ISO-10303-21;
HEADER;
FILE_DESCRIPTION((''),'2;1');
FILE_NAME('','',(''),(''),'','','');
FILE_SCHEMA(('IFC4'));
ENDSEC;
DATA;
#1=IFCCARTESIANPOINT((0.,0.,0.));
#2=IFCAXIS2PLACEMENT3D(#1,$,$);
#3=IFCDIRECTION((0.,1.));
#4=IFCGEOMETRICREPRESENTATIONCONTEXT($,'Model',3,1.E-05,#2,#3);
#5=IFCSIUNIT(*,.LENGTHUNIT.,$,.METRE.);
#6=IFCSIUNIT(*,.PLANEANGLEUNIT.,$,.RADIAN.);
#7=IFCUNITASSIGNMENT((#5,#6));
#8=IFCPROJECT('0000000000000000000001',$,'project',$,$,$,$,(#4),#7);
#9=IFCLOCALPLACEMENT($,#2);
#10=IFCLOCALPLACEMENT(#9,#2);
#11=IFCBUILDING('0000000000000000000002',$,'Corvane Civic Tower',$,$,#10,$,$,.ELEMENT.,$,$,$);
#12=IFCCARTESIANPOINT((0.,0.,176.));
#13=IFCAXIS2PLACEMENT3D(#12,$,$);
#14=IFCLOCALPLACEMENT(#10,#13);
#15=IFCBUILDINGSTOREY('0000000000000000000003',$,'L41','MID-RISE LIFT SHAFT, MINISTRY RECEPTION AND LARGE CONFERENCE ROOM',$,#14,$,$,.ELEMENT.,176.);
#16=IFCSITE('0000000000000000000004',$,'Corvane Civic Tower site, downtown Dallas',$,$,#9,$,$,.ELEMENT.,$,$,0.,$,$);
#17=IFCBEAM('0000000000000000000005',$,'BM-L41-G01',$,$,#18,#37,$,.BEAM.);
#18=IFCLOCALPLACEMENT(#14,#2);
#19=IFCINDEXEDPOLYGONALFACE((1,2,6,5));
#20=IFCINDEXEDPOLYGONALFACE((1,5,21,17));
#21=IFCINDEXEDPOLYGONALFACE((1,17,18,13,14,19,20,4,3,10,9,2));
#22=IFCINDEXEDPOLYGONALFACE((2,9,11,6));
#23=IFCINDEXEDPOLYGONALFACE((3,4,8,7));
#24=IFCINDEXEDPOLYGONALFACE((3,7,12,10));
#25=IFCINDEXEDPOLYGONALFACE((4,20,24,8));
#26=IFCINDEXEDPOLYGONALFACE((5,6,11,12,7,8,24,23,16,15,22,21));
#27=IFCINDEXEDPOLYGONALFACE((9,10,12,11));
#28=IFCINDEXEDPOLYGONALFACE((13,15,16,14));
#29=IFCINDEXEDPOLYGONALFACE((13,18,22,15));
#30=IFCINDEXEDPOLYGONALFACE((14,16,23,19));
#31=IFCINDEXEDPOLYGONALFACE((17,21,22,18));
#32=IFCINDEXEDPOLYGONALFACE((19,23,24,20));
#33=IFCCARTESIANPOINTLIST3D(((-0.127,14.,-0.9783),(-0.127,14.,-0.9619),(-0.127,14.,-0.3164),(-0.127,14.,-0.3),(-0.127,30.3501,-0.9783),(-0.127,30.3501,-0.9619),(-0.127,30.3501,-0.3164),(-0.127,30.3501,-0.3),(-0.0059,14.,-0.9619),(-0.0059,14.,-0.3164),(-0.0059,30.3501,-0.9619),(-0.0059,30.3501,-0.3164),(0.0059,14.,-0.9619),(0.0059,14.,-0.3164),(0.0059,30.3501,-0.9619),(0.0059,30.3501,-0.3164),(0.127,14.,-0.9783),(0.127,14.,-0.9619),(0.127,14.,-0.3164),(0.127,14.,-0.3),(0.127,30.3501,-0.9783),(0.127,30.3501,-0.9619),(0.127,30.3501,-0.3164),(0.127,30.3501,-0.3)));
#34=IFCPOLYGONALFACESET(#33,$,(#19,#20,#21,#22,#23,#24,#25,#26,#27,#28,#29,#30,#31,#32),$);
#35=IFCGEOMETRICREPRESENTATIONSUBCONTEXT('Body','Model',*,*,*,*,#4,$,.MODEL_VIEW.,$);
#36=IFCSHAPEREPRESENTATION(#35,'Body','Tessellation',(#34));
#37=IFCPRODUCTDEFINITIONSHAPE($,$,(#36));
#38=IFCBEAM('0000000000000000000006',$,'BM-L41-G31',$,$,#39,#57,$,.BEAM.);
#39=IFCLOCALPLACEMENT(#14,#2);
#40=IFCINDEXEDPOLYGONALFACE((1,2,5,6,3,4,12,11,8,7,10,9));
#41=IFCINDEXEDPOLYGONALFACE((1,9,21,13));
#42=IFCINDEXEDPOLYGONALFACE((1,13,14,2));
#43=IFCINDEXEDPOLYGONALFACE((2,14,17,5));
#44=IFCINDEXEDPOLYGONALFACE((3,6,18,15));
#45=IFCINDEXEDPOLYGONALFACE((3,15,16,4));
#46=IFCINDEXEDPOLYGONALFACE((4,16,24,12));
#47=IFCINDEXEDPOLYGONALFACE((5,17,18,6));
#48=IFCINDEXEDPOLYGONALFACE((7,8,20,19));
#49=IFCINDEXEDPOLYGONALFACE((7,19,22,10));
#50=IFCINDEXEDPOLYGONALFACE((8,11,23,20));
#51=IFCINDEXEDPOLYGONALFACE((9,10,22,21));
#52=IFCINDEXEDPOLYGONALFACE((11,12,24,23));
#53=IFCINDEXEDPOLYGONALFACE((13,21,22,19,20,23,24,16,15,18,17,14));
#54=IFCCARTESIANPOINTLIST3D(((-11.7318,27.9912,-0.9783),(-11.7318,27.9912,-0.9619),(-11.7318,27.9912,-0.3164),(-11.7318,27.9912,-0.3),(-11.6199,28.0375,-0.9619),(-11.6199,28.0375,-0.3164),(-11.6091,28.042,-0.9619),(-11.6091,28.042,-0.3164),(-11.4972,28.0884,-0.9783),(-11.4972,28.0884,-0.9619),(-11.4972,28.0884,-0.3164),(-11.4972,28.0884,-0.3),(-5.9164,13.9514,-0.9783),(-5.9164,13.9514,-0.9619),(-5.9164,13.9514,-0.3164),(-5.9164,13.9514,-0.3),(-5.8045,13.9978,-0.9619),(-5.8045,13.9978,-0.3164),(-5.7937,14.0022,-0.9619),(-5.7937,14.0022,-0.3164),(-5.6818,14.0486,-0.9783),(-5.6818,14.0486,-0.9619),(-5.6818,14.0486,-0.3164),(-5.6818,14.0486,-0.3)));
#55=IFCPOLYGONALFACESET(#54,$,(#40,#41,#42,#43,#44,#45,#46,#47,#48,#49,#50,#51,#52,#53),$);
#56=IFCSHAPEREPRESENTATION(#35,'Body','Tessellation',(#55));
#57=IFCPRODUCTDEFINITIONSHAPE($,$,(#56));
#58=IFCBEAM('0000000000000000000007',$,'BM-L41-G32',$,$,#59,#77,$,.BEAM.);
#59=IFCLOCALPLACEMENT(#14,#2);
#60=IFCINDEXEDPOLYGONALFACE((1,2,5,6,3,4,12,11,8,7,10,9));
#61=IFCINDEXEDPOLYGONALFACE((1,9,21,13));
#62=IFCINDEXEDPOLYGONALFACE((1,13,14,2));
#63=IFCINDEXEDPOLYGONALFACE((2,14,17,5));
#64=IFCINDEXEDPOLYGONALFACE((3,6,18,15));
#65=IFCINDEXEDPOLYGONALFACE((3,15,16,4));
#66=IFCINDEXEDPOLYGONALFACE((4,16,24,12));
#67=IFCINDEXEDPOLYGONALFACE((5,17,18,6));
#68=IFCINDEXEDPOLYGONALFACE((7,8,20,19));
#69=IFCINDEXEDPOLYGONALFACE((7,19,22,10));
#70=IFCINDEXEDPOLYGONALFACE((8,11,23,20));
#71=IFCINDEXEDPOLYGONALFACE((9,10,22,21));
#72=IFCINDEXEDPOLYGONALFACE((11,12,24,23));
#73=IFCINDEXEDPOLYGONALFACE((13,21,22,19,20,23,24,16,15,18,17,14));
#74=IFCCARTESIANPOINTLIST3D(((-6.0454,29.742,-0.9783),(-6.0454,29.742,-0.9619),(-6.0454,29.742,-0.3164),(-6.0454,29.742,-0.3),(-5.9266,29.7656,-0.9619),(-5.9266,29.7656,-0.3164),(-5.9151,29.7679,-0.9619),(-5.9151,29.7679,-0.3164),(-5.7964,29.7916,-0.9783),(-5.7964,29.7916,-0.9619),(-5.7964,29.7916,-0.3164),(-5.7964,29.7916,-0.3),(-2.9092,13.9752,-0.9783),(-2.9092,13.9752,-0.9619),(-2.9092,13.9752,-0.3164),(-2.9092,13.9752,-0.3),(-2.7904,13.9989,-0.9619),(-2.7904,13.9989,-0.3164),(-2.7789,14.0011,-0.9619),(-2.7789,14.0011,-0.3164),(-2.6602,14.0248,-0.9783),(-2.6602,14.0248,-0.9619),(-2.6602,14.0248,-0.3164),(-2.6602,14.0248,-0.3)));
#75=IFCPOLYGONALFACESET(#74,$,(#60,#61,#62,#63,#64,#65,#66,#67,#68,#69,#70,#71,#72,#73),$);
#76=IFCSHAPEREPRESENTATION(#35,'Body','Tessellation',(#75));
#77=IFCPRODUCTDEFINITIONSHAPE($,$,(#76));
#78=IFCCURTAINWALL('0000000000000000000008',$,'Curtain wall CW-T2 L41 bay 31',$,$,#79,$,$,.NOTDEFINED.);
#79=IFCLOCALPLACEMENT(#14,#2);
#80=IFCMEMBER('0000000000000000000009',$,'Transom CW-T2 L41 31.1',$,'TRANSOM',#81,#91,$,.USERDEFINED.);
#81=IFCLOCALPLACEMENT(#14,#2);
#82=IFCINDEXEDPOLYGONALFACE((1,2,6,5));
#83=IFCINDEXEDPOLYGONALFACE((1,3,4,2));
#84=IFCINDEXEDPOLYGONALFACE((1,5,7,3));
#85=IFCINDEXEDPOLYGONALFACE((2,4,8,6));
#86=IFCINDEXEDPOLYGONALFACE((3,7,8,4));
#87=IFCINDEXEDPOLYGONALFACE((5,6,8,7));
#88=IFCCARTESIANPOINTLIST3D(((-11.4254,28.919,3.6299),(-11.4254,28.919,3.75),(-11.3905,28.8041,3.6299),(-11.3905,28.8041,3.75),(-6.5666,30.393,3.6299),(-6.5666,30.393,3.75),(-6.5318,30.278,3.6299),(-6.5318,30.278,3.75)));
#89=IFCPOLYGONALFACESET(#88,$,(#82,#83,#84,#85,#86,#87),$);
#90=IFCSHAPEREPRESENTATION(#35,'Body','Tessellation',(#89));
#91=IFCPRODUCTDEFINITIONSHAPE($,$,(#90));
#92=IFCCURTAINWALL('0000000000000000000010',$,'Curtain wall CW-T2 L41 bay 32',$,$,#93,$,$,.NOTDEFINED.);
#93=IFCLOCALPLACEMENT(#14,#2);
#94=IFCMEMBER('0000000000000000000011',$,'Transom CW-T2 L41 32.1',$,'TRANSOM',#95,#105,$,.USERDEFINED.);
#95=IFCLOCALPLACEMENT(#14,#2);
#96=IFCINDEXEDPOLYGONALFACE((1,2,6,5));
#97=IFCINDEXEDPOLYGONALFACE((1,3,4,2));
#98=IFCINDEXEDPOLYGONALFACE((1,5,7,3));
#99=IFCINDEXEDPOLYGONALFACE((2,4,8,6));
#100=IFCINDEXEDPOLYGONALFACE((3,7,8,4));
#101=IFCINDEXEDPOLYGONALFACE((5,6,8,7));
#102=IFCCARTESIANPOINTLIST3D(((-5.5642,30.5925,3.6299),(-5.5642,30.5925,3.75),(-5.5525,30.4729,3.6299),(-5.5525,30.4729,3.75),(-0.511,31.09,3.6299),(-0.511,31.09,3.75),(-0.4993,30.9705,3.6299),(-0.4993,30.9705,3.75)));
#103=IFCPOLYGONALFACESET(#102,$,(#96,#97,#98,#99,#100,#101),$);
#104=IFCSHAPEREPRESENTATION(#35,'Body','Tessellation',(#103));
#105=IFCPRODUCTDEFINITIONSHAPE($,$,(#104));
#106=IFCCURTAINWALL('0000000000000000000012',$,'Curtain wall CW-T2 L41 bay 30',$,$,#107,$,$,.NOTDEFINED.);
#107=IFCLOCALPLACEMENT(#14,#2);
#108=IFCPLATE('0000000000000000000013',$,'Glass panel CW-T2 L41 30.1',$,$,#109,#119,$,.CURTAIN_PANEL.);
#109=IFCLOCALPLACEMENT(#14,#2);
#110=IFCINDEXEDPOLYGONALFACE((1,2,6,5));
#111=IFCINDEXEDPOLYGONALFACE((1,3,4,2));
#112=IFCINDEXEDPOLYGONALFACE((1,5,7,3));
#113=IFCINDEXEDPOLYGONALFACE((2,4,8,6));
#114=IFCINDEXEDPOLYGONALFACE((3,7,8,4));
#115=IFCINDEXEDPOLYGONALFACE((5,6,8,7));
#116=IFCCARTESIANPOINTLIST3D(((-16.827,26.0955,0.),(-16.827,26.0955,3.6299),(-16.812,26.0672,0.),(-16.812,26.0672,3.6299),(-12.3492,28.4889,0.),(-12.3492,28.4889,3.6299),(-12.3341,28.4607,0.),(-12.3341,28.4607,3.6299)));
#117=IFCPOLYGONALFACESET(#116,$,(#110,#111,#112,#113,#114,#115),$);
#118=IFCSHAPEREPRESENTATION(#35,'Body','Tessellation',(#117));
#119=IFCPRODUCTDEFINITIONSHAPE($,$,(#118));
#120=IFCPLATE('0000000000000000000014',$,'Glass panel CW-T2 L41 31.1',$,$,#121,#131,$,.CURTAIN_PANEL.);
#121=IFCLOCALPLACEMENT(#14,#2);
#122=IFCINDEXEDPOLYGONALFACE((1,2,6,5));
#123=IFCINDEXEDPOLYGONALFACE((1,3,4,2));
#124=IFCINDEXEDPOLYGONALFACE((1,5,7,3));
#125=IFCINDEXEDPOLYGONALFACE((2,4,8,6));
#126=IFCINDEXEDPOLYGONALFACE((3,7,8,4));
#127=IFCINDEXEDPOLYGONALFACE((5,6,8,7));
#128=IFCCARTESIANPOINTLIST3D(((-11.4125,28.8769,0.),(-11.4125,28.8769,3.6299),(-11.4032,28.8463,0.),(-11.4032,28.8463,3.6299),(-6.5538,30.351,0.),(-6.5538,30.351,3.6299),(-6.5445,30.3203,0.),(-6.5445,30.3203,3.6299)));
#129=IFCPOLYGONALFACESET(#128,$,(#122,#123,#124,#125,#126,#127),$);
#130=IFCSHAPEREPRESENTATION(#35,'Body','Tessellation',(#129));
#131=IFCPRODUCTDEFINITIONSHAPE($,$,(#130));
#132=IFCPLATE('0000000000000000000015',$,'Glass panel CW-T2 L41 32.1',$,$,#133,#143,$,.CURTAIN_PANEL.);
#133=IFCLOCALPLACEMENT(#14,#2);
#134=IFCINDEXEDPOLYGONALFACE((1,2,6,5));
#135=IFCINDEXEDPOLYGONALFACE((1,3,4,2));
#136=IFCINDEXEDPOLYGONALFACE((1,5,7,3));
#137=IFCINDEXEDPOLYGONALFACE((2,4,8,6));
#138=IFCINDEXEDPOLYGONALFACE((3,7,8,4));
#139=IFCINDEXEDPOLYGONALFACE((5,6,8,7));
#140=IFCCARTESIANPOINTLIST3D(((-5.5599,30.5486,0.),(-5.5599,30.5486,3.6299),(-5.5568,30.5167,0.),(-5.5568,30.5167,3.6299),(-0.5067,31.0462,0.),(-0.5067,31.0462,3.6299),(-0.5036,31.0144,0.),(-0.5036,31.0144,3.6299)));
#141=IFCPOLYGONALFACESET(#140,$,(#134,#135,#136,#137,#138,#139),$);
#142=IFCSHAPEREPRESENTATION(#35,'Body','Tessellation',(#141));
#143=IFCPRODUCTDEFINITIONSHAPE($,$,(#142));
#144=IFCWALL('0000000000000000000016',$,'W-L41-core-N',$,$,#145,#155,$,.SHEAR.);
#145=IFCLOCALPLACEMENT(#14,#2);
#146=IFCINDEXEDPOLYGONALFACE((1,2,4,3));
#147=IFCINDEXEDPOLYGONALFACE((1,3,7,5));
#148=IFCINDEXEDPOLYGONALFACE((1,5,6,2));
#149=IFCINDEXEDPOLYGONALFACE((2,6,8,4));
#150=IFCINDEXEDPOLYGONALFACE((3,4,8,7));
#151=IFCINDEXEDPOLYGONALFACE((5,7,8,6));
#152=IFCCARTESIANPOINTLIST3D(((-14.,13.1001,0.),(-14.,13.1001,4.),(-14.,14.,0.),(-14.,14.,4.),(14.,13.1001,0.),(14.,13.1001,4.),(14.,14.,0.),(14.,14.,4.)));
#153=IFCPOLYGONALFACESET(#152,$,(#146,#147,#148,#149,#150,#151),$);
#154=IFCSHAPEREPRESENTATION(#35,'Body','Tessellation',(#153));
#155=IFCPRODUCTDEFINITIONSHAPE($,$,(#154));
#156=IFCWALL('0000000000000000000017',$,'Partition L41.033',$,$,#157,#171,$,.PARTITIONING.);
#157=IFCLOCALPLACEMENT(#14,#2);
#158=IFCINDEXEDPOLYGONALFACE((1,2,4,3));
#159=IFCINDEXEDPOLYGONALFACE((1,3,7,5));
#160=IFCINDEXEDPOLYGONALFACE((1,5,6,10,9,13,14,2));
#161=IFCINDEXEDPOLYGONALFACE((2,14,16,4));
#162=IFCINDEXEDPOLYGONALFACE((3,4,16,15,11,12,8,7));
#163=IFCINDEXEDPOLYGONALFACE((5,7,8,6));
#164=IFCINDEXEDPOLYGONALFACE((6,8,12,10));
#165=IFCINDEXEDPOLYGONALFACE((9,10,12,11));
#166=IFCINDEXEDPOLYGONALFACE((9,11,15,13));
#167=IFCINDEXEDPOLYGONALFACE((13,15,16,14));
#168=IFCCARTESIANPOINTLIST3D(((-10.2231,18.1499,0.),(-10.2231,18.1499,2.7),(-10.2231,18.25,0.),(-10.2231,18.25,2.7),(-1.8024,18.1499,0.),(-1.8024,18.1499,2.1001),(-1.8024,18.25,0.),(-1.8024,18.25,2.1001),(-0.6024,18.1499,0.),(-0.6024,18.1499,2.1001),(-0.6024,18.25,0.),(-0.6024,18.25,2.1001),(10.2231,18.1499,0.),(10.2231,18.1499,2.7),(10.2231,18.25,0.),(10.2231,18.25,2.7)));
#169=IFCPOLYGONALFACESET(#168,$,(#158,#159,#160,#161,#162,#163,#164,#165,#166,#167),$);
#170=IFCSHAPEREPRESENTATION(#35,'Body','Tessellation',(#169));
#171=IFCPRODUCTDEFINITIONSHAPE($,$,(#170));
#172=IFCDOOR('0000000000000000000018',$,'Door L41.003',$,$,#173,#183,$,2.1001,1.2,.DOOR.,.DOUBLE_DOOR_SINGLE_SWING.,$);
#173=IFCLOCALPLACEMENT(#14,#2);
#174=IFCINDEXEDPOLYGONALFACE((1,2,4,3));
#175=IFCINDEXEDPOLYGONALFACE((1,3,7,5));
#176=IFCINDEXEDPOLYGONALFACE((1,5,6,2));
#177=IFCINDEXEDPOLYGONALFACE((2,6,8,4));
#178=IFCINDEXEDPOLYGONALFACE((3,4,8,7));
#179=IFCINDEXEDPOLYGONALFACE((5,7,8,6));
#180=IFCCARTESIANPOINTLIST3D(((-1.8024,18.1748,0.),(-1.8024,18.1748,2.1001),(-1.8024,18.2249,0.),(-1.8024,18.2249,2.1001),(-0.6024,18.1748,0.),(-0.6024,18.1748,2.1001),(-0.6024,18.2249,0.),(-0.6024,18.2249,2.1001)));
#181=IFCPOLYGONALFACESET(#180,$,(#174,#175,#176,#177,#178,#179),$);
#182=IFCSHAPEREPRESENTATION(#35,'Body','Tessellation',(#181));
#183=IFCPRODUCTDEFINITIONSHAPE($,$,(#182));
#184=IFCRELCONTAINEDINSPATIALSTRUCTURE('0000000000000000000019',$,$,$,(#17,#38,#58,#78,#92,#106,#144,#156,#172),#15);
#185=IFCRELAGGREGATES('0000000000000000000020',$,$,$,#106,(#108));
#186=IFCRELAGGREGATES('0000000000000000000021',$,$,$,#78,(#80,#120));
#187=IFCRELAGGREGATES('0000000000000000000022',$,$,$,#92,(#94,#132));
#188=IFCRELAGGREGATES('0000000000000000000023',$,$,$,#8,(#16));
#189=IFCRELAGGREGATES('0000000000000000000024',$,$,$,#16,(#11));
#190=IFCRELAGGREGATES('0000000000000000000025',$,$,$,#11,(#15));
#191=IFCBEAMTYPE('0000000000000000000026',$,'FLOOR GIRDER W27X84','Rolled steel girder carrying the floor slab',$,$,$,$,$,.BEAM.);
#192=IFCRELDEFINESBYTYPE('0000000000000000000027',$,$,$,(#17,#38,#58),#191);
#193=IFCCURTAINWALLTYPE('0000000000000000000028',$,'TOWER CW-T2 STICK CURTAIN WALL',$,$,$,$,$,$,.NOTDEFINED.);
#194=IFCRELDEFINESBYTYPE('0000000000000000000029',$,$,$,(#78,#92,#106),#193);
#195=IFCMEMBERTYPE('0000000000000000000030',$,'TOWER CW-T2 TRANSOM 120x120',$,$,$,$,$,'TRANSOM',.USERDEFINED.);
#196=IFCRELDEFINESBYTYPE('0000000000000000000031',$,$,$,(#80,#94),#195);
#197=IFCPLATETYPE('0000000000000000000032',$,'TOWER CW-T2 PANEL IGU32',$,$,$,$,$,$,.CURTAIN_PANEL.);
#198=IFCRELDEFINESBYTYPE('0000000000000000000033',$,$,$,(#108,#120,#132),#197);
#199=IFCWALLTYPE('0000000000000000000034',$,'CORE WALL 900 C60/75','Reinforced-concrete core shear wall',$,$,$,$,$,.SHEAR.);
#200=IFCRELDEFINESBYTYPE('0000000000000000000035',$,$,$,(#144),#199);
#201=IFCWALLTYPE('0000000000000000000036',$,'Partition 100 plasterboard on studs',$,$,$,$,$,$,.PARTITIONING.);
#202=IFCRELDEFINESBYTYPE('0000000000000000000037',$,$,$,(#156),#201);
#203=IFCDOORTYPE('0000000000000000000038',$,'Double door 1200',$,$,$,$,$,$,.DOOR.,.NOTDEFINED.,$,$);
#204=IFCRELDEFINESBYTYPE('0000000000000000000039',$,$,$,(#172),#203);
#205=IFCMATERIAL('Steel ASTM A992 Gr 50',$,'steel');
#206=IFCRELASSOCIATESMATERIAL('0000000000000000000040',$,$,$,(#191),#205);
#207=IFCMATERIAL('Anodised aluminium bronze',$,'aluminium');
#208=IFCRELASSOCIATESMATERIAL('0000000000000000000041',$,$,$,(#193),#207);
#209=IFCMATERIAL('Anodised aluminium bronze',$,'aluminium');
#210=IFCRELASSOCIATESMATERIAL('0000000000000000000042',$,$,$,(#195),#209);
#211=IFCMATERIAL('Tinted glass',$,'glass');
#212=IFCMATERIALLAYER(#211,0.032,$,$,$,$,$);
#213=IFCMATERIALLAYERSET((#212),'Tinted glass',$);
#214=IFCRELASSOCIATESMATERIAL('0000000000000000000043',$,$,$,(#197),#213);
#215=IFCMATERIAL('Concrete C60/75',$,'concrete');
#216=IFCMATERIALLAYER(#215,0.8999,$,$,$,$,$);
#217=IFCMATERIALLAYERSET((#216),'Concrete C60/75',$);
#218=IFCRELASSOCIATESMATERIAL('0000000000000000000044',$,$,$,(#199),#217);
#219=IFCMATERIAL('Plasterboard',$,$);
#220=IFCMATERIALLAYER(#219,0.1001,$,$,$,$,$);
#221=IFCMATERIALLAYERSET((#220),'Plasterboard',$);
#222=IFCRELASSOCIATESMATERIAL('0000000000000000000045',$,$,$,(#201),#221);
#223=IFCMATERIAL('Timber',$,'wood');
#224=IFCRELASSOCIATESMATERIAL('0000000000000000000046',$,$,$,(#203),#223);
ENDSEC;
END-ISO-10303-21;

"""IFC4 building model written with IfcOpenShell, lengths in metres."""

from ifc_helpers import new_model, si_unit, direction, frame, frame_2d, origin, origin_2d, place, context, subcontext, project, spatial, rectangle, i_section, extrude, material, layer, layer_set, material_profile, profile_set, type_object, element, fill, aggregate, save


model = new_model("IFC4")

# Units and contexts
model_context = context("Model", 3, precision=1e-05, world=origin(), true_north=direction((0.0, 1.0)))
body_context = subcontext(model_context, "Body", "Model", "MODEL_VIEW")
ifc_project = project(units=[si_unit("LENGTHUNIT", "METRE"), si_unit("PLANEANGLEUNIT", "RADIAN")], contexts=[model_context])

# Site, building, storey
site_placement = place(None, origin())
site = spatial("IfcSite", under=ifc_project, at=site_placement, Name="Corvane Civic Tower site, downtown Dallas", CompositionType="ELEMENT", RefElevation=0.0)
building_placement = place(site_placement, origin())
building = spatial("IfcBuilding", under=site, at=building_placement, Name="Corvane Civic Tower", CompositionType="ELEMENT")
storey_placement = place(building_placement, frame((0.0, 0.0, 176.0)))
storey = spatial("IfcBuildingStorey", under=building, at=storey_placement, Name="L41", Description="MID-RISE LIFT SHAFT, MINISTRY RECEPTION AND LARGE CONFERENCE ROOM", CompositionType="ELEMENT", Elevation=176.0)

# Beams
ifc_material_1 = material(Name="Steel ASTM A992 Gr 50", Category="steel")
ifc_material_profile_1 = material_profile(ifc_material_1, i_section(OverallWidth=0.2539, OverallDepth=0.6782, WebThickness=0.0117, FlangeThickness=0.0164, at=origin_2d()), Name="W27X84")
ifc_profile_set_1 = profile_set([ifc_material_profile_1], Name="Steel ASTM A992 Gr 50")
beam_type_1 = type_object("IfcBeamType", Name="FLOOR GIRDER W27X84", Description="Rolled steel girder carrying the floor slab", PredefinedType="BEAM", material=ifc_profile_set_1)
beam_1_placement = place(storey_placement, frame((0.0, 14.0, -0.6392), z_axis=(0.0, 1.0, 0.0), x_axis=(-1.0, 0.0, 0.0)))
element("IfcBeam", 1, at=beam_1_placement, inside=storey, type_object=beam_type_1, Name="BM-L41-G01", PredefinedType="BEAM", context=body_context, shape_type="SweptSolid", body=[
    extrude(i_section(OverallWidth=0.2539, OverallDepth=0.6782, WebThickness=0.0117, FlangeThickness=0.0164, at=origin_2d()), origin(), (0.0, 0.0, 1.0), 16.3501),
])
beam_2_placement = place(storey_placement, frame((-5.7991, 14.0, -0.6392), z_axis=(-0.382681, 0.923881, 0.0), x_axis=(-0.923881, -0.382681, 0.0)))
element("IfcBeam", 2, at=beam_2_placement, inside=storey, type_object=beam_type_1, Name="BM-L41-G31", PredefinedType="BEAM", context=body_context, shape_type="SweptSolid", body=[
    extrude(i_section(OverallWidth=0.2539, OverallDepth=0.6782, WebThickness=0.0117, FlangeThickness=0.0164, at=origin_2d()), origin(), (0.0, 0.0, 1.0), 15.1965),
])
beam_3_placement = place(storey_placement, frame((-2.7847, 14.0, -0.6392), z_axis=(-0.195091, 0.980785, 0.0), x_axis=(-0.980785, -0.195091, 0.0)))
element("IfcBeam", 3, at=beam_3_placement, inside=storey, type_object=beam_type_1, Name="BM-L41-G32", PredefinedType="BEAM", context=body_context, shape_type="SweptSolid", body=[
    extrude(i_section(OverallWidth=0.2539, OverallDepth=0.6782, WebThickness=0.0117, FlangeThickness=0.0164, at=origin_2d()), origin(), (0.0, 0.0, 1.0), 16.0757),
])

# Curtain walls, members
ifc_material_2 = material(Name="Anodised aluminium bronze", Category="aluminium")
curtain_wall_type = type_object("IfcCurtainWallType", Name="TOWER CW-T2 STICK CURTAIN WALL", PredefinedType="NOTDEFINED", material=ifc_material_2)
curtain_wall_1_placement = place(storey_placement, origin())
curtain_wall_1 = element("IfcCurtainWall", 4, at=curtain_wall_1_placement, inside=storey, type_object=curtain_wall_type, Name="Curtain wall CW-T2 L41 bay 31", PredefinedType="NOTDEFINED")
ifc_material_3 = material(Name="Anodised aluminium bronze", Category="aluminium")
ifc_material_profile_2 = material_profile(ifc_material_3, rectangle(XDim=0.1201, YDim=0.1201, at=origin_2d()), Name="TOWER CW-T2 TRANSOM 120x120")
ifc_profile_set_2 = profile_set([ifc_material_profile_2], Name="Anodised aluminium bronze")
member_type = type_object("IfcMemberType", Name="TOWER CW-T2 TRANSOM 120x120", ElementType="TRANSOM", PredefinedType="USERDEFINED", material=ifc_profile_set_2)
member_1_placement = place(storey_placement, frame((-11.408, 28.8616, 3.6899), z_axis=(0.956939, 0.290289, 0.0), x_axis=(-0.290289, 0.956939, 0.0)))
member_1 = element("IfcMember", 5, at=member_1_placement, type_object=member_type, Name="Transom CW-T2 L41 31.1", ObjectType="TRANSOM", PredefinedType="USERDEFINED", context=body_context, shape_type="SweptSolid", body=[
    extrude(rectangle(XDim=0.1201, YDim=0.1201, at=origin_2d()), origin(), (0.0, 0.0, 1.0), 5.0774),
])
curtain_wall_2_placement = place(storey_placement, origin())
curtain_wall_2 = element("IfcCurtainWall", 6, at=curtain_wall_2_placement, inside=storey, type_object=curtain_wall_type, Name="Curtain wall CW-T2 L41 bay 32", PredefinedType="NOTDEFINED")
member_2_placement = place(storey_placement, frame((-5.5583, 30.5327, 3.6899), z_axis=(0.995187, 0.09799, 0.0), x_axis=(-0.09799, 0.995187, 0.0)))
member_2 = element("IfcMember", 7, at=member_2_placement, type_object=member_type, Name="Transom CW-T2 L41 32.1", ObjectType="TRANSOM", PredefinedType="USERDEFINED", context=body_context, shape_type="SweptSolid", body=[
    extrude(rectangle(XDim=0.1201, YDim=0.1201, at=origin_2d()), origin(), (0.0, 0.0, 1.0), 5.0776),
])

# Curtain wall, plate
curtain_wall_3_placement = place(storey_placement, origin())
curtain_wall_3 = element("IfcCurtainWall", 8, at=curtain_wall_3_placement, inside=storey, type_object=curtain_wall_type, Name="Curtain wall CW-T2 L41 bay 30", PredefinedType="NOTDEFINED")
ifc_material_4 = material(Name="Tinted glass", Category="glass")
ifc_layer_1 = layer(ifc_material_4, 0.032)
ifc_layer_set_1 = layer_set([ifc_layer_1], Name="Tinted glass")
plate_type = type_object("IfcPlateType", Name="TOWER CW-T2 PANEL IGU32", PredefinedType="CURTAIN_PANEL", material=ifc_layer_set_1)
plate_1_placement = place(storey_placement, frame((-14.5806, 27.2781, 0.0), z_axis=(0.0, 0.0, 1.0), x_axis=(0.881922, 0.471395, 0.0)))
plate_1 = element("IfcPlate", 9, at=plate_1_placement, type_object=plate_type, Name="Glass panel CW-T2 L41 30.1", PredefinedType="CURTAIN_PANEL", context=body_context, shape_type="SweptSolid", body=[
    extrude(rectangle(XDim=5.0774, YDim=0.032, at=origin_2d()), origin(), (0.0, 0.0, 1.0), 3.6299),
])
aggregate(curtain_wall_3, [plate_1])

# Plates
plate_2_placement = place(storey_placement, frame((-8.9785, 29.5986, 0.0), z_axis=(0.0, 0.0, 1.0), x_axis=(0.956932, 0.290313, 0.0)))
plate_2 = element("IfcPlate", 10, at=plate_2_placement, type_object=plate_type, Name="Glass panel CW-T2 L41 31.1", PredefinedType="CURTAIN_PANEL", context=body_context, shape_type="SweptSolid", body=[
    extrude(rectangle(XDim=5.0774, YDim=0.032, at=origin_2d()), origin(), (0.0, 0.0, 1.0), 3.6299),
])
aggregate(curtain_wall_1, [member_1, plate_2])
plate_3_placement = place(storey_placement, frame((-3.0317, 30.7815, 0.0), z_axis=(0.0, 0.0, 1.0), x_axis=(0.995185, 0.098012, 0.0)))
plate_3 = element("IfcPlate", 11, at=plate_3_placement, type_object=plate_type, Name="Glass panel CW-T2 L41 32.1", PredefinedType="CURTAIN_PANEL", context=body_context, shape_type="SweptSolid", body=[
    extrude(rectangle(XDim=5.0776, YDim=0.032, at=origin_2d()), origin(), (0.0, 0.0, 1.0), 3.6299),
])
aggregate(curtain_wall_2, [member_2, plate_3])

# Wall
ifc_material_5 = material(Name="Concrete C60/75", Category="concrete")
ifc_layer_2 = layer(ifc_material_5, 0.8999)
ifc_layer_set_2 = layer_set([ifc_layer_2], Name="Concrete C60/75")
wall_type_1 = type_object("IfcWallType", Name="CORE WALL 900 C60/75", Description="Reinforced-concrete core shear wall", PredefinedType="SHEAR", material=ifc_layer_set_2)
wall_1_placement = place(storey_placement, frame((-14.0, 13.55, 0.0), z_axis=(0.0, 0.0, 1.0), x_axis=(1.0, 0.0, 0.0)))
element("IfcWall", 12, at=wall_1_placement, inside=storey, type_object=wall_type_1, Name="W-L41-core-N", PredefinedType="SHEAR", context=body_context, shape_type="SweptSolid", body=[
    extrude(rectangle(XDim=28.0, YDim=0.8999, at=frame_2d((14.0, 0.0))), origin(), (0.0, 0.0, 1.0), 4.0),
])

# Wall, opening, door
ifc_material_6 = material(Name="Plasterboard")
ifc_layer_3 = layer(ifc_material_6, 0.1001)
ifc_layer_set_3 = layer_set([ifc_layer_3], Name="Plasterboard")
wall_type_2 = type_object("IfcWallType", Name="Partition 100 plasterboard on studs", PredefinedType="PARTITIONING", material=ifc_layer_set_3)
wall_2_placement = place(storey_placement, frame((-10.2231, 18.2, 0.0), z_axis=(0.0, 0.0, 1.0), x_axis=(1.0, 0.0, 0.0)))
wall_2 = element("IfcWall", 13, at=wall_2_placement, inside=storey, type_object=wall_type_2, Name="Partition L41.033", PredefinedType="PARTITIONING", context=body_context, shape_type="SweptSolid", body=[
    extrude(rectangle(XDim=20.4463, YDim=0.1001, at=frame_2d((10.2231, 0.0))), origin(), (0.0, 0.0, 1.0), 2.7),
])
opening_placement = place(wall_2_placement, frame((8.4207, 0.0, 0.0)))
opening = element("IfcOpeningElement", 14, at=opening_placement, cuts=wall_2, PredefinedType="OPENING", context=body_context, shape_type="SweptSolid", body=[
    extrude(rectangle(XDim=1.2, YDim=2.1001, at=frame_2d((0.6001, 1.05))), frame((0.0, 0.0601, 0.0), z_axis=(0.0, -1.0, 0.0), x_axis=(1.0, 0.0, 0.0)), (0.0, 0.0, 1.0), 0.1201),
])
ifc_material_7 = material(Name="Timber", Category="wood")
door_type = type_object("IfcDoorType", Name="Double door 1200", OperationType="NOTDEFINED", PredefinedType="DOOR", material=ifc_material_7)
door_placement = place(opening_placement, origin())
door = element("IfcDoor", 15, at=door_placement, inside=storey, type_object=door_type, Name="Door L41.003", OperationType="DOUBLE_DOOR_SINGLE_SWING", OverallHeight=2.1001, OverallWidth=1.2, PredefinedType="DOOR", context=body_context, shape_type="SweptSolid", body=[
    extrude(rectangle(XDim=1.2, YDim=2.1001, at=frame_2d((0.6001, 1.05))), frame((0.0, 0.0249, 0.0), z_axis=(0.0, -1.0, 0.0), x_axis=(1.0, 0.0, 0.0)), (0.0, 0.0, 1.0), 0.05),
])
fill(opening, door)

save(model, "model.ifc")
